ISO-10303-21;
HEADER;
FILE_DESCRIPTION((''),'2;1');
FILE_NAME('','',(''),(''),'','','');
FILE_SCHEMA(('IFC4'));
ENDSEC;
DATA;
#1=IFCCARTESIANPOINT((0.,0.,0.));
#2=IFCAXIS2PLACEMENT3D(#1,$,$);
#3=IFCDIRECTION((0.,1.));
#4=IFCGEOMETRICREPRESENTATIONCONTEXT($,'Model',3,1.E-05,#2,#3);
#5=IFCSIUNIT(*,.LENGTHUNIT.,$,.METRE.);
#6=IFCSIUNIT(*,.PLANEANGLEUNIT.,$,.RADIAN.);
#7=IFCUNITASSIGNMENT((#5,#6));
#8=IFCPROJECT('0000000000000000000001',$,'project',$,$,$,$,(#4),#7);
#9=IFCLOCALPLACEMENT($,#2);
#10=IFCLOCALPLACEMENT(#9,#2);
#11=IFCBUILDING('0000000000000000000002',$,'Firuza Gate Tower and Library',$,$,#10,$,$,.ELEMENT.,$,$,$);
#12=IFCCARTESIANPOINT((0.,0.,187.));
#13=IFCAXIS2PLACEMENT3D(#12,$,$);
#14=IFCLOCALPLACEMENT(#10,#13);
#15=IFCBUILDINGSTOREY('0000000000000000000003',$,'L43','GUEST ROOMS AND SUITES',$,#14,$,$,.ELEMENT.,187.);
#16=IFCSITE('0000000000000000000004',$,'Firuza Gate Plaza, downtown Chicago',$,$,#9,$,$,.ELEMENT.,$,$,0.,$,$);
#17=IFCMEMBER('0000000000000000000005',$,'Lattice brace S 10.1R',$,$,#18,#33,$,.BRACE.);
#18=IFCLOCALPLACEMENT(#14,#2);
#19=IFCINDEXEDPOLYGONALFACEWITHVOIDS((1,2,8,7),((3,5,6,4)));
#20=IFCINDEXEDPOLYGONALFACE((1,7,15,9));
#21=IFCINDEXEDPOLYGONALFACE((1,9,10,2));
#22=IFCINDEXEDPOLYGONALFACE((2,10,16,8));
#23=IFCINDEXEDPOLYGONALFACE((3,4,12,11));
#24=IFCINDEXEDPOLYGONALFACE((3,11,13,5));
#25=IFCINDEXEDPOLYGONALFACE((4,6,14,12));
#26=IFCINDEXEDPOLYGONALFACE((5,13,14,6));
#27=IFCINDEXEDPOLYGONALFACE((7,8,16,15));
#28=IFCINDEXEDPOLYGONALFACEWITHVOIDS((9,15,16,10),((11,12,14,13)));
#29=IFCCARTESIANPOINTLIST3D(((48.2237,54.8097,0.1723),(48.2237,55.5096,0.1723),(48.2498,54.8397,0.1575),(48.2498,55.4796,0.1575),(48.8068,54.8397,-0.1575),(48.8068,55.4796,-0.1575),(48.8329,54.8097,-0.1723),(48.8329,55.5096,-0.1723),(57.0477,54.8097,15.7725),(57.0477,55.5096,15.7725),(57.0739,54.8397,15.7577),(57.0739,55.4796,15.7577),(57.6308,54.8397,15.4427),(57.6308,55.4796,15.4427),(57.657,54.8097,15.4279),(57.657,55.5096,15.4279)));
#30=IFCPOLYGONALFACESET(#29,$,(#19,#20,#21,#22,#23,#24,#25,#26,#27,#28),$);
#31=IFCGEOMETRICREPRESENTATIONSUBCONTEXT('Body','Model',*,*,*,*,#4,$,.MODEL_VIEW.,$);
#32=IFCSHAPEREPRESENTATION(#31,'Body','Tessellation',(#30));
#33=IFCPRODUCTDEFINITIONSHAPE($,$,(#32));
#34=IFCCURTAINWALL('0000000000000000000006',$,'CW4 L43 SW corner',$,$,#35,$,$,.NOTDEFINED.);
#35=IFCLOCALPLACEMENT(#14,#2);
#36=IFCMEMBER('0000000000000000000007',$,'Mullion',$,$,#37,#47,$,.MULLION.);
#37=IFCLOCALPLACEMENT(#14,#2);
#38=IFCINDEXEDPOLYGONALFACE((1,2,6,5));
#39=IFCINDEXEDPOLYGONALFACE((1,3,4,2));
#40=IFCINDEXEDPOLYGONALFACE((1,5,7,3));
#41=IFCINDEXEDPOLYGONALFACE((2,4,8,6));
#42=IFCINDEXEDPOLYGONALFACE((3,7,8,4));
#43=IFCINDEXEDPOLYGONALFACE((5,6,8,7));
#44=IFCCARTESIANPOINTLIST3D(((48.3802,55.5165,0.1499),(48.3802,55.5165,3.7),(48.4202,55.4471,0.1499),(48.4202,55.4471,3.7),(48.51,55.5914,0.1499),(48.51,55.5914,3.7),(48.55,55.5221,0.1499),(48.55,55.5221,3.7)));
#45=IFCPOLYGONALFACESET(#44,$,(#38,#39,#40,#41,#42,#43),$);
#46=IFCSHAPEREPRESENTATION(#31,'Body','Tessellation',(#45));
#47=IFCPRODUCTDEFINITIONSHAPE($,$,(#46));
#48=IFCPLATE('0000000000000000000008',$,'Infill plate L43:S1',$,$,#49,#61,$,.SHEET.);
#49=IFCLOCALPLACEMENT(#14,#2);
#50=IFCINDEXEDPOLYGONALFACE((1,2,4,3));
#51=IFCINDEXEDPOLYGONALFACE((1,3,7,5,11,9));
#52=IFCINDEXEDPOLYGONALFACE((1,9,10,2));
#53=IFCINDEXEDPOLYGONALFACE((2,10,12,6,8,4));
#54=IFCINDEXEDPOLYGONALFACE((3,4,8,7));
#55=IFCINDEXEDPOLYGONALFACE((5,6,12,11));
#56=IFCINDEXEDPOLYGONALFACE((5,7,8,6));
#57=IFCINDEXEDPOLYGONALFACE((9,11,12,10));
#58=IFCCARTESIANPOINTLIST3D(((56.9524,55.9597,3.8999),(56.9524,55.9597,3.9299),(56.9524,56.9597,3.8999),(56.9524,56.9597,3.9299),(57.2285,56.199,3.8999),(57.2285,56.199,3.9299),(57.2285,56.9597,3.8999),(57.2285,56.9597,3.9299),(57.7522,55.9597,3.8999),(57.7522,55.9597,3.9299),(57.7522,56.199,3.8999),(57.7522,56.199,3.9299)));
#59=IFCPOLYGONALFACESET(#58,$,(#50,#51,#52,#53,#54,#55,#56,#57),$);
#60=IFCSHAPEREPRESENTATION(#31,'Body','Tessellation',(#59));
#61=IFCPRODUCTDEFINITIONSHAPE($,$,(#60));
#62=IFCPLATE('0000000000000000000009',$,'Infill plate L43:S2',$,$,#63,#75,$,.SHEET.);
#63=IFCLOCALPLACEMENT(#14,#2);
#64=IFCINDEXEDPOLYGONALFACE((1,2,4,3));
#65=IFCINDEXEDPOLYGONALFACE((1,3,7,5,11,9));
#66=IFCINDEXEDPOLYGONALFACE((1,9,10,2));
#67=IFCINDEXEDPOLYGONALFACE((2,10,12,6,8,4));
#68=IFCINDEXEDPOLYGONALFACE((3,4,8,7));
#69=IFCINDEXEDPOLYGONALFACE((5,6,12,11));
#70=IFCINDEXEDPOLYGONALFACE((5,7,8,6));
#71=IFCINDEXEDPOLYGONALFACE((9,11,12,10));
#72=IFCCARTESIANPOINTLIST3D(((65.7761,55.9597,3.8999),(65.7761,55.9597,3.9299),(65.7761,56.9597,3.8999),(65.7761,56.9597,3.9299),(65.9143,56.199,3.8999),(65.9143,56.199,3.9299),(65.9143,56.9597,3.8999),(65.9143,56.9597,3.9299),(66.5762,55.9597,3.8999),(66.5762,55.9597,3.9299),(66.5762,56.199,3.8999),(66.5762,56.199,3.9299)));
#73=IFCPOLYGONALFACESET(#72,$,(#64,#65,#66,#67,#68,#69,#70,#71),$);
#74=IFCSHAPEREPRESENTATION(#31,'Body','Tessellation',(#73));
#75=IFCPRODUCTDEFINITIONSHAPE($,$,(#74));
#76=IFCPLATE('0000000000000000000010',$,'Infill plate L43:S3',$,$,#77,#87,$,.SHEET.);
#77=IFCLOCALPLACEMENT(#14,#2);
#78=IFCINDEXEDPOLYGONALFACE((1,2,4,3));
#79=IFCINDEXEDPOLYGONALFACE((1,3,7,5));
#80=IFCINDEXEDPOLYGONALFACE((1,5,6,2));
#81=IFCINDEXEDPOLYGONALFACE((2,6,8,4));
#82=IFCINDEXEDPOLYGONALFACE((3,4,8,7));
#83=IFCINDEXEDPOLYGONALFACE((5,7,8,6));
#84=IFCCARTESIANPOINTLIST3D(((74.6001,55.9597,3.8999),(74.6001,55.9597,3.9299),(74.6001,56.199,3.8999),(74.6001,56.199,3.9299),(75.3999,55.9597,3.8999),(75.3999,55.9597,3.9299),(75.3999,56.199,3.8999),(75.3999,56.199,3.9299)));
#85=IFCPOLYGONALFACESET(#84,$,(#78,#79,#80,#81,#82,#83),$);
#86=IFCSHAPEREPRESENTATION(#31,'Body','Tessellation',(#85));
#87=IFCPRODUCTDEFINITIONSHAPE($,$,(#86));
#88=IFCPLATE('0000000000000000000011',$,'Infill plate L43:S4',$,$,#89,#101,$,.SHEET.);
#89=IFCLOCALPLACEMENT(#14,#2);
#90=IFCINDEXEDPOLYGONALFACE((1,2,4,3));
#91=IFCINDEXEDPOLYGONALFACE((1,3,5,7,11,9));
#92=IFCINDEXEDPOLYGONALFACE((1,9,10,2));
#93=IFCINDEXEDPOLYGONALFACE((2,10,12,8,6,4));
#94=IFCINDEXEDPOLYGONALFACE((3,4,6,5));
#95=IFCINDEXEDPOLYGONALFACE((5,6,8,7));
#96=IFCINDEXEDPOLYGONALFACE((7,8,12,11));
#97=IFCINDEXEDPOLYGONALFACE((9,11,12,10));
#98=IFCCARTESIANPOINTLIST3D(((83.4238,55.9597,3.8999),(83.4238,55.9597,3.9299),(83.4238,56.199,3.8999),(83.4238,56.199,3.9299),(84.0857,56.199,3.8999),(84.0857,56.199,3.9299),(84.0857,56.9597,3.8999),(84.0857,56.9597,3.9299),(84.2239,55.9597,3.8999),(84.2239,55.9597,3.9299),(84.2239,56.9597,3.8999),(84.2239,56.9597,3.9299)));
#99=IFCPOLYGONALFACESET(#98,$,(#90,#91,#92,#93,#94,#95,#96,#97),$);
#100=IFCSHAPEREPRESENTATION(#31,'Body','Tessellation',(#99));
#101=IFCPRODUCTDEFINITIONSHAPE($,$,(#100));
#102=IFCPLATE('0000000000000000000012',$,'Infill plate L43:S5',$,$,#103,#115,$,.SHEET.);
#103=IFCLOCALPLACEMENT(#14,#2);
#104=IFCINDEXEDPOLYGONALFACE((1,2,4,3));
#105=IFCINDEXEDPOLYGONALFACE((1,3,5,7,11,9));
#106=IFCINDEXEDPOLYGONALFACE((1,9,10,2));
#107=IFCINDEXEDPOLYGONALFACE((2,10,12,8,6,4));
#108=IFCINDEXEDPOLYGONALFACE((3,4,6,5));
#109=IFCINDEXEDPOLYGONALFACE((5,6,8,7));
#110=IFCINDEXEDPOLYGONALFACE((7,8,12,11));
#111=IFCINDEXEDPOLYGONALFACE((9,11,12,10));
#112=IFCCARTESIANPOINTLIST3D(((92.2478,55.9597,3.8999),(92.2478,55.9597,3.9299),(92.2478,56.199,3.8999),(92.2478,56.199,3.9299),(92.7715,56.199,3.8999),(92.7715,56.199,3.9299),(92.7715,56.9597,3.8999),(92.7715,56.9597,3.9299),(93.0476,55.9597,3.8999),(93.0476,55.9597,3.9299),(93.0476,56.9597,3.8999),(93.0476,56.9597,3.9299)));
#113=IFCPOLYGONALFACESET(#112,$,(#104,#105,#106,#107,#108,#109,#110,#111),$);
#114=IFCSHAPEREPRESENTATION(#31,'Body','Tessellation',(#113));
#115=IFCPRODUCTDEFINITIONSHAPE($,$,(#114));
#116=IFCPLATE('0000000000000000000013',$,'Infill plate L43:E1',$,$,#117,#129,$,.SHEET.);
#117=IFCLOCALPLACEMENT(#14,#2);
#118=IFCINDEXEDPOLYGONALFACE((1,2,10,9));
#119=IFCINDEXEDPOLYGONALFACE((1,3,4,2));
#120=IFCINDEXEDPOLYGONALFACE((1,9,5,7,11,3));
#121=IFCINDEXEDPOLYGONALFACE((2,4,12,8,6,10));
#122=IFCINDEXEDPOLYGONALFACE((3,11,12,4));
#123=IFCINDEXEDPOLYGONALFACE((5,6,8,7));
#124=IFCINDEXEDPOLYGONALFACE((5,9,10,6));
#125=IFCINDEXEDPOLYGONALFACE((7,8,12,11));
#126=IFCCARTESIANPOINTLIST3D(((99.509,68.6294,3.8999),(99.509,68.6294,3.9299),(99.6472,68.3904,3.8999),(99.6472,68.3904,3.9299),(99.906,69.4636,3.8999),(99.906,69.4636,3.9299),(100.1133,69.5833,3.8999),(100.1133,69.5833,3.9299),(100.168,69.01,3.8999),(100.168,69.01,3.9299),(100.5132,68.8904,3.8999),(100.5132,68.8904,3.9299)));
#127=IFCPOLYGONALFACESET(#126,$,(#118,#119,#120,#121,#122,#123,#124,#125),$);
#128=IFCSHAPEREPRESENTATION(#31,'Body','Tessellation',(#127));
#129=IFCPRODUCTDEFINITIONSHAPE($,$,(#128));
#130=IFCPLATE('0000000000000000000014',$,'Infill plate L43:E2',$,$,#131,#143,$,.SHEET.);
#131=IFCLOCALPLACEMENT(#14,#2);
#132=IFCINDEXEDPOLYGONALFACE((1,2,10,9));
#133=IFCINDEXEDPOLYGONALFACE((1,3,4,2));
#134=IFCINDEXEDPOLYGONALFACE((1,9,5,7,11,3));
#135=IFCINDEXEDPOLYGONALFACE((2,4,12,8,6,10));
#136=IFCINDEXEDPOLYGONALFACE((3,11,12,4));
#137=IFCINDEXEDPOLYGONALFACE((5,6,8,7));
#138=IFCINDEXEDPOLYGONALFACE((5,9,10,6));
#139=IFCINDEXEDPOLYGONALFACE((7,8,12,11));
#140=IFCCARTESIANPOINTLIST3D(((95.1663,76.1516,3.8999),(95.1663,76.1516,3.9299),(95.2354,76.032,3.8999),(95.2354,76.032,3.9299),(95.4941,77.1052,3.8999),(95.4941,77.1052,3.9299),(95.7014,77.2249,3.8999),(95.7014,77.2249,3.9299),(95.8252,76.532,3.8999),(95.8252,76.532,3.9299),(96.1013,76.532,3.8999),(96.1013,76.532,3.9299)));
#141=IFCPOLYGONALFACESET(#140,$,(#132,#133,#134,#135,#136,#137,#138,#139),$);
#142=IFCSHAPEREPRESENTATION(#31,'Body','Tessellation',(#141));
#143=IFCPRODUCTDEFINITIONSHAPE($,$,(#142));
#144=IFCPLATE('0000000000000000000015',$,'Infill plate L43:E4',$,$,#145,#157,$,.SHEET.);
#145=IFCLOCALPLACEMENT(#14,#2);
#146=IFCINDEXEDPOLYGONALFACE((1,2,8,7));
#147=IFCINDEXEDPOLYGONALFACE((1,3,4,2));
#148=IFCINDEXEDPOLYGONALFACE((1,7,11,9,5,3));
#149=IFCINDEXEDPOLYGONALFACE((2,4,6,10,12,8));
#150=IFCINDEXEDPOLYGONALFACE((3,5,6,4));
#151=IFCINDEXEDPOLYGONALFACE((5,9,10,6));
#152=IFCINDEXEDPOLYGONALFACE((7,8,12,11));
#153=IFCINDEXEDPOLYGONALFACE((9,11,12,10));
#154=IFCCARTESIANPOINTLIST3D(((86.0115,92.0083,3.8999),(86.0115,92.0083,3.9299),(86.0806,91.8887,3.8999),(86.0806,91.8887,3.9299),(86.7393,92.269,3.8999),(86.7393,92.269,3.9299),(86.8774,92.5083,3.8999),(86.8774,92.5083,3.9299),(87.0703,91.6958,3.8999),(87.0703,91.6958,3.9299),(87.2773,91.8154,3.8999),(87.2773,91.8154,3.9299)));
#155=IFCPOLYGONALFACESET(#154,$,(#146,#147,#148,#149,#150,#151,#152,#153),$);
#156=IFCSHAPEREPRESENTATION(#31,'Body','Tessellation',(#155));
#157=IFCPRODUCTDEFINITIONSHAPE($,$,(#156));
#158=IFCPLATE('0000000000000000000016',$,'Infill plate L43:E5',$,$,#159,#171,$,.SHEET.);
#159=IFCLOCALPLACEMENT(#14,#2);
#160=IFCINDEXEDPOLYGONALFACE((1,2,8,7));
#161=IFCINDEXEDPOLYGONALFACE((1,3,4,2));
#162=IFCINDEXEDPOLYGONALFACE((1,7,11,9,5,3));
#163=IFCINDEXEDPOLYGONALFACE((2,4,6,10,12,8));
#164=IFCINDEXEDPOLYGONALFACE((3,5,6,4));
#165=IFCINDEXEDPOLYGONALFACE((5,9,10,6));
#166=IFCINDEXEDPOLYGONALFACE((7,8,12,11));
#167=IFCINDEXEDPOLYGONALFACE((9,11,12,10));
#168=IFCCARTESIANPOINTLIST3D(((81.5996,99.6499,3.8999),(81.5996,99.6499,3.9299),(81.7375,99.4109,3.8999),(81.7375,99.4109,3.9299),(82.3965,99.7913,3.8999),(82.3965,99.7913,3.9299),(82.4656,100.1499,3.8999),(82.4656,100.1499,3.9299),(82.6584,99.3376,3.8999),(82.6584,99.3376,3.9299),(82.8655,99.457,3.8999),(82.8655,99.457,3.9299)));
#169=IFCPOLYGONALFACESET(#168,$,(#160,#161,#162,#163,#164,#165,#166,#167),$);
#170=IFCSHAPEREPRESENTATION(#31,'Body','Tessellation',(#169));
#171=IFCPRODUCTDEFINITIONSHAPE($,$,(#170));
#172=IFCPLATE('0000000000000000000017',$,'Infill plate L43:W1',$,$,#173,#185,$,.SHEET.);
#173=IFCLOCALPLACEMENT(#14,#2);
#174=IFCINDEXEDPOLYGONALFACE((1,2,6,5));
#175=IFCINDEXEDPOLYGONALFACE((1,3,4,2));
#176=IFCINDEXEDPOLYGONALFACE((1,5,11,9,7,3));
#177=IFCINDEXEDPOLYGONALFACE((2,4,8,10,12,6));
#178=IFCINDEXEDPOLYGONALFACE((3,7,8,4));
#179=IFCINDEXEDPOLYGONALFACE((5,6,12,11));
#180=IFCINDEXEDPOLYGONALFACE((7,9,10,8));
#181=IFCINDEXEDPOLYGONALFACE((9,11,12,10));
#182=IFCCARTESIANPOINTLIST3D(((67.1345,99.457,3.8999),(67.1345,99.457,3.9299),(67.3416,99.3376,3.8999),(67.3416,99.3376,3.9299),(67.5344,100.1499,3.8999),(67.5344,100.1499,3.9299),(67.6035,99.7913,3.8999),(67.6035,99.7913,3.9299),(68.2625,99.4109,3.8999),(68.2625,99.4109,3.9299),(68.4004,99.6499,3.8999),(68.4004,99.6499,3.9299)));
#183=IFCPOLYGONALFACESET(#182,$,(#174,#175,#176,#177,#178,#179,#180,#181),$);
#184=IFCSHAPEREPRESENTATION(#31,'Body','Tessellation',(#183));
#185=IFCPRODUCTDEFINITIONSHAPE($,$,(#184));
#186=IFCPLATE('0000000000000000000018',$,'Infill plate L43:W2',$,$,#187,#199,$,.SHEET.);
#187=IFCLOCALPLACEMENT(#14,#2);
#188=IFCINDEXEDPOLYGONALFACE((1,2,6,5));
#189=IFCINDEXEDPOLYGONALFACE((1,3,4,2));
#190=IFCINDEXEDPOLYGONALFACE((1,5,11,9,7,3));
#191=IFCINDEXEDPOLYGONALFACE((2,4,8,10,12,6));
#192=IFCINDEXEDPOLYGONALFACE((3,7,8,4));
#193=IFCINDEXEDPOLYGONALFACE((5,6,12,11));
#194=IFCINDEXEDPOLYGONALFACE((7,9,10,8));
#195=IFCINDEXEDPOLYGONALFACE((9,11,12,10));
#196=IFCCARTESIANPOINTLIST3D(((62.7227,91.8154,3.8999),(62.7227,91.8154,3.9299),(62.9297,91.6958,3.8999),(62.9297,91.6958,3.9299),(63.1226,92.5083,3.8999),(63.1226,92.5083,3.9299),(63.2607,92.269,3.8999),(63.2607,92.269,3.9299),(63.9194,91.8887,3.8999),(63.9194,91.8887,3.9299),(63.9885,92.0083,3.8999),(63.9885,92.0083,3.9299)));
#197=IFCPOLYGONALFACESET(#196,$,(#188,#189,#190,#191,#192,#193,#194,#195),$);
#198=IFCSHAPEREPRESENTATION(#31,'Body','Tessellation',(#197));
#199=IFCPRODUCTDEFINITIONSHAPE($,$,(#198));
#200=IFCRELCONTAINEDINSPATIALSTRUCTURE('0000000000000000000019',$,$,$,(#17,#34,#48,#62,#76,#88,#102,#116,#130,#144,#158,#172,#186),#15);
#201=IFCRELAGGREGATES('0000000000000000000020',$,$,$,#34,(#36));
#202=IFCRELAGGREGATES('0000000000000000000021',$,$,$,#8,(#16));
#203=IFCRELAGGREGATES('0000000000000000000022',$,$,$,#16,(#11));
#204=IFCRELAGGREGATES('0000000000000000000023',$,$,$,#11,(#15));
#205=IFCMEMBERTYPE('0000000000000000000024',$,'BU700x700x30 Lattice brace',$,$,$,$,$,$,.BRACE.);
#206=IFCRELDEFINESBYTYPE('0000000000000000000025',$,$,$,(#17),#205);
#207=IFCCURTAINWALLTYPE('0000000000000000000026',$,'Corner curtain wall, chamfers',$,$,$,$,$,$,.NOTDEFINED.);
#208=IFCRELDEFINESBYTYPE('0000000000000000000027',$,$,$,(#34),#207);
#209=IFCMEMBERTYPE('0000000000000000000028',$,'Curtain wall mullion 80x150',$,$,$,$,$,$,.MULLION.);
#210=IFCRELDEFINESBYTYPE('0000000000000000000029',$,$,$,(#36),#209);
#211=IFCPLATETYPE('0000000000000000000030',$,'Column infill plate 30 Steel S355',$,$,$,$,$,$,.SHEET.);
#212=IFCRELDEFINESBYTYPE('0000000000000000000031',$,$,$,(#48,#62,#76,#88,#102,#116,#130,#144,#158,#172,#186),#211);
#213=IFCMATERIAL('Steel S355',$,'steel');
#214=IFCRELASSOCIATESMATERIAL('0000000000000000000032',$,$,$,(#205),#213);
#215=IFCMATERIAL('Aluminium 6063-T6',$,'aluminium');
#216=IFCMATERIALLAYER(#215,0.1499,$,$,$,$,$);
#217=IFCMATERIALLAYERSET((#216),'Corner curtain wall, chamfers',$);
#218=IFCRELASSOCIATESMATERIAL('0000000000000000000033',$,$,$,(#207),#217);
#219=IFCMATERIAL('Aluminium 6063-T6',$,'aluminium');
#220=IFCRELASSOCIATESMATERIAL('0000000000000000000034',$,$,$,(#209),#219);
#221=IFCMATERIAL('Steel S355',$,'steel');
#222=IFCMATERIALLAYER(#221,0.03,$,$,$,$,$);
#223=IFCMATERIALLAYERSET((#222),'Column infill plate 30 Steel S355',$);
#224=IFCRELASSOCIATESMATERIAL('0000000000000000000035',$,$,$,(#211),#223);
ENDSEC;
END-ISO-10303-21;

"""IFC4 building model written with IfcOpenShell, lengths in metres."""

from ifc_helpers import new_model, si_unit, direction, frame, origin, origin_2d, place, context, subcontext, project, spatial, polyline, rectangle, hollow_rectangle, outline, extrude, material, layer, layer_set, material_profile, profile_set, type_object, element, aggregate, save


model = new_model("IFC4")

# Units and contexts
model_context = context("Model", 3, precision=1e-05, world=origin(), true_north=direction((0.0, 1.0)))
body_context = subcontext(model_context, "Body", "Model", "MODEL_VIEW")
ifc_project = project(units=[si_unit("LENGTHUNIT", "METRE"), si_unit("PLANEANGLEUNIT", "RADIAN")], contexts=[model_context])

# Site, building, storey
site_placement = place(None, origin())
site = spatial("IfcSite", under=ifc_project, at=site_placement, Name="Firuza Gate Plaza, downtown Chicago", CompositionType="ELEMENT", RefElevation=0.0)
building_placement = place(site_placement, origin())
building = spatial("IfcBuilding", under=site, at=building_placement, Name="Firuza Gate Tower and Library", CompositionType="ELEMENT")
storey_placement = place(building_placement, frame((0.0, 0.0, 187.0)))
storey = spatial("IfcBuildingStorey", under=building, at=storey_placement, Name="L43", Description="GUEST ROOMS AND SUITES", CompositionType="ELEMENT", Elevation=187.0)

# Member
ifc_material_1 = material(Name="Steel S355", Category="steel")
ifc_material_profile_1 = material_profile(ifc_material_1, hollow_rectangle(XDim=0.7, YDim=0.7, WallThickness=0.03, at=origin_2d()))
ifc_profile_set_1 = profile_set([ifc_material_profile_1], Name="Steel S355")
member_type_1 = type_object("IfcMemberType", Name="BU700x700x30 Lattice brace", PredefinedType="BRACE", material=ifc_profile_set_1)
member_1_placement = place(storey_placement, frame((48.5283, 55.1597, 0.0), z_axis=(0.492333, 0.0, 0.870407), x_axis=(0.0, 1.0, 0.0)))
element("IfcMember", 1, at=member_1_placement, inside=storey, type_object=member_type_1, Name="Lattice brace S 10.1R", PredefinedType="BRACE", context=body_context, shape_type="SweptSolid", body=[
    extrude(hollow_rectangle(XDim=0.7, YDim=0.7, WallThickness=0.03, at=origin_2d()), origin(), (0.0, 0.0, 1.0), 17.9229),
])

# Curtain wall, member
ifc_material_2 = material(Name="Aluminium 6063-T6", Category="aluminium")
ifc_layer_1 = layer(ifc_material_2, 0.1499)
ifc_layer_set_1 = layer_set([ifc_layer_1], Name="Corner curtain wall, chamfers")
curtain_wall_type = type_object("IfcCurtainWallType", Name="Corner curtain wall, chamfers", PredefinedType="NOTDEFINED", material=ifc_layer_set_1)
placement_1 = place(storey_placement, origin())
curtain_wall = element("IfcCurtainWall", 2, at=placement_1, inside=storey, type_object=curtain_wall_type, Name="CW4 L43 SW corner", PredefinedType="NOTDEFINED")
ifc_material_3 = material(Name="Aluminium 6063-T6", Category="aluminium")
ifc_material_profile_2 = material_profile(ifc_material_3, rectangle(XDim=0.1499, YDim=0.0801, at=origin_2d()))
ifc_profile_set_2 = profile_set([ifc_material_profile_2], Name="Aluminium 6063-T6")
member_type_2 = type_object("IfcMemberType", Name="Curtain wall mullion 80x150", PredefinedType="MULLION", material=ifc_profile_set_2)
member_2_placement = place(storey_placement, frame((48.4651, 55.5193, 0.1499), z_axis=(0.0, 0.0, 1.0), x_axis=(0.866025, 0.5, 0.0)))
member_2 = element("IfcMember", 3, at=member_2_placement, type_object=member_type_2, Name="Mullion", PredefinedType="MULLION", context=body_context, shape_type="SweptSolid", body=[
    extrude(rectangle(XDim=0.1499, YDim=0.0801, at=origin_2d()), origin(), (0.0, 0.0, 1.0), 3.55),
])
aggregate(curtain_wall, [member_2])

# Plates
ifc_material_4 = material(Name="Steel S355", Category="steel")
ifc_layer_2 = layer(ifc_material_4, 0.03)
ifc_layer_set_2 = layer_set([ifc_layer_2], Name="Column infill plate 30 Steel S355")
plate_type = type_object("IfcPlateType", Name="Column infill plate 30 Steel S355", PredefinedType="SHEET", material=ifc_layer_set_2)
placement_2 = place(storey_placement, frame((0.0, 0.0, 3.8999)))
element("IfcPlate", 4, at=placement_2, inside=storey, type_object=plate_type, Name="Infill plate L43:S1", PredefinedType="SHEET", context=body_context, shape_type="SweptSolid", body=[
    extrude(outline(polyline([(57.7522, 55.9597), (57.7522, 56.199), (57.2285, 56.199), (57.2285, 56.9597), (56.9524, 56.9597), (56.9524, 55.9597), (57.7522, 55.9597)])), origin(), (0.0, 0.0, 1.0), 0.03),
])
element("IfcPlate", 5, at=placement_2, inside=storey, type_object=plate_type, Name="Infill plate L43:S2", PredefinedType="SHEET", context=body_context, shape_type="SweptSolid", body=[
    extrude(outline(polyline([(66.5762, 55.9597), (66.5762, 56.199), (65.9143, 56.199), (65.9143, 56.9597), (65.7761, 56.9597), (65.7761, 55.9597), (66.5762, 55.9597)])), origin(), (0.0, 0.0, 1.0), 0.03),
])
element("IfcPlate", 6, at=placement_2, inside=storey, type_object=plate_type, Name="Infill plate L43:S3", PredefinedType="SHEET", context=body_context, shape_type="SweptSolid", body=[
    extrude(outline(polyline([(75.3999, 55.9597), (75.3999, 56.199), (74.6001, 56.199), (74.6001, 55.9597), (75.3999, 55.9597)])), origin(), (0.0, 0.0, 1.0), 0.03),
])
element("IfcPlate", 7, at=placement_2, inside=storey, type_object=plate_type, Name="Infill plate L43:S4", PredefinedType="SHEET", context=body_context, shape_type="SweptSolid", body=[
    extrude(outline(polyline([(84.2239, 56.9597), (84.0857, 56.9597), (84.0857, 56.199), (83.4238, 56.199), (83.4238, 55.9597), (84.2239, 55.9597), (84.2239, 56.9597)])), origin(), (0.0, 0.0, 1.0), 0.03),
])
element("IfcPlate", 8, at=placement_2, inside=storey, type_object=plate_type, Name="Infill plate L43:S5", PredefinedType="SHEET", context=body_context, shape_type="SweptSolid", body=[
    extrude(outline(polyline([(93.0476, 56.9597), (92.7715, 56.9597), (92.7715, 56.199), (92.2478, 56.199), (92.2478, 55.9597), (93.0476, 55.9597), (93.0476, 56.9597)])), origin(), (0.0, 0.0, 1.0), 0.03),
])
element("IfcPlate", 9, at=placement_2, inside=storey, type_object=plate_type, Name="Infill plate L43:E1", PredefinedType="SHEET", context=body_context, shape_type="SweptSolid", body=[
    extrude(outline(polyline([(100.1133, 69.5833), (99.906, 69.4636), (100.168, 69.01), (99.509, 68.6294), (99.6472, 68.3904), (100.5132, 68.8904), (100.1133, 69.5833)])), origin(), (0.0, 0.0, 1.0), 0.03),
])
element("IfcPlate", 10, at=placement_2, inside=storey, type_object=plate_type, Name="Infill plate L43:E2", PredefinedType="SHEET", context=body_context, shape_type="SweptSolid", body=[
    extrude(outline(polyline([(95.7014, 77.2249), (95.4941, 77.1052), (95.8252, 76.532), (95.1663, 76.1516), (95.2354, 76.032), (96.1013, 76.532), (95.7014, 77.2249)])), origin(), (0.0, 0.0, 1.0), 0.03),
])
element("IfcPlate", 11, at=placement_2, inside=storey, type_object=plate_type, Name="Infill plate L43:E4", PredefinedType="SHEET", context=body_context, shape_type="SweptSolid", body=[
    extrude(outline(polyline([(86.0115, 92.0083), (86.0806, 91.8887), (86.7393, 92.269), (87.0703, 91.6958), (87.2773, 91.8154), (86.8774, 92.5083), (86.0115, 92.0083)])), origin(), (0.0, 0.0, 1.0), 0.03),
])
element("IfcPlate", 12, at=placement_2, inside=storey, type_object=plate_type, Name="Infill plate L43:E5", PredefinedType="SHEET", context=body_context, shape_type="SweptSolid", body=[
    extrude(outline(polyline([(81.5996, 99.6499), (81.7375, 99.4109), (82.3965, 99.7913), (82.6584, 99.3376), (82.8655, 99.457), (82.4656, 100.1499), (81.5996, 99.6499)])), origin(), (0.0, 0.0, 1.0), 0.03),
])
element("IfcPlate", 13, at=placement_2, inside=storey, type_object=plate_type, Name="Infill plate L43:W1", PredefinedType="SHEET", context=body_context, shape_type="SweptSolid", body=[
    extrude(outline(polyline([(67.1345, 99.457), (67.3416, 99.3376), (67.6035, 99.7913), (68.2625, 99.4109), (68.4004, 99.6499), (67.5344, 100.1499), (67.1345, 99.457)])), origin(), (0.0, 0.0, 1.0), 0.03),
])
element("IfcPlate", 14, at=placement_2, inside=storey, type_object=plate_type, Name="Infill plate L43:W2", PredefinedType="SHEET", context=body_context, shape_type="SweptSolid", body=[
    extrude(outline(polyline([(62.7227, 91.8154), (62.9297, 91.6958), (63.2607, 92.269), (63.9194, 91.8887), (63.9885, 92.0083), (63.1226, 92.5083), (62.7227, 91.8154)])), origin(), (0.0, 0.0, 1.0), 0.03),
])

save(model, "model.ifc")
